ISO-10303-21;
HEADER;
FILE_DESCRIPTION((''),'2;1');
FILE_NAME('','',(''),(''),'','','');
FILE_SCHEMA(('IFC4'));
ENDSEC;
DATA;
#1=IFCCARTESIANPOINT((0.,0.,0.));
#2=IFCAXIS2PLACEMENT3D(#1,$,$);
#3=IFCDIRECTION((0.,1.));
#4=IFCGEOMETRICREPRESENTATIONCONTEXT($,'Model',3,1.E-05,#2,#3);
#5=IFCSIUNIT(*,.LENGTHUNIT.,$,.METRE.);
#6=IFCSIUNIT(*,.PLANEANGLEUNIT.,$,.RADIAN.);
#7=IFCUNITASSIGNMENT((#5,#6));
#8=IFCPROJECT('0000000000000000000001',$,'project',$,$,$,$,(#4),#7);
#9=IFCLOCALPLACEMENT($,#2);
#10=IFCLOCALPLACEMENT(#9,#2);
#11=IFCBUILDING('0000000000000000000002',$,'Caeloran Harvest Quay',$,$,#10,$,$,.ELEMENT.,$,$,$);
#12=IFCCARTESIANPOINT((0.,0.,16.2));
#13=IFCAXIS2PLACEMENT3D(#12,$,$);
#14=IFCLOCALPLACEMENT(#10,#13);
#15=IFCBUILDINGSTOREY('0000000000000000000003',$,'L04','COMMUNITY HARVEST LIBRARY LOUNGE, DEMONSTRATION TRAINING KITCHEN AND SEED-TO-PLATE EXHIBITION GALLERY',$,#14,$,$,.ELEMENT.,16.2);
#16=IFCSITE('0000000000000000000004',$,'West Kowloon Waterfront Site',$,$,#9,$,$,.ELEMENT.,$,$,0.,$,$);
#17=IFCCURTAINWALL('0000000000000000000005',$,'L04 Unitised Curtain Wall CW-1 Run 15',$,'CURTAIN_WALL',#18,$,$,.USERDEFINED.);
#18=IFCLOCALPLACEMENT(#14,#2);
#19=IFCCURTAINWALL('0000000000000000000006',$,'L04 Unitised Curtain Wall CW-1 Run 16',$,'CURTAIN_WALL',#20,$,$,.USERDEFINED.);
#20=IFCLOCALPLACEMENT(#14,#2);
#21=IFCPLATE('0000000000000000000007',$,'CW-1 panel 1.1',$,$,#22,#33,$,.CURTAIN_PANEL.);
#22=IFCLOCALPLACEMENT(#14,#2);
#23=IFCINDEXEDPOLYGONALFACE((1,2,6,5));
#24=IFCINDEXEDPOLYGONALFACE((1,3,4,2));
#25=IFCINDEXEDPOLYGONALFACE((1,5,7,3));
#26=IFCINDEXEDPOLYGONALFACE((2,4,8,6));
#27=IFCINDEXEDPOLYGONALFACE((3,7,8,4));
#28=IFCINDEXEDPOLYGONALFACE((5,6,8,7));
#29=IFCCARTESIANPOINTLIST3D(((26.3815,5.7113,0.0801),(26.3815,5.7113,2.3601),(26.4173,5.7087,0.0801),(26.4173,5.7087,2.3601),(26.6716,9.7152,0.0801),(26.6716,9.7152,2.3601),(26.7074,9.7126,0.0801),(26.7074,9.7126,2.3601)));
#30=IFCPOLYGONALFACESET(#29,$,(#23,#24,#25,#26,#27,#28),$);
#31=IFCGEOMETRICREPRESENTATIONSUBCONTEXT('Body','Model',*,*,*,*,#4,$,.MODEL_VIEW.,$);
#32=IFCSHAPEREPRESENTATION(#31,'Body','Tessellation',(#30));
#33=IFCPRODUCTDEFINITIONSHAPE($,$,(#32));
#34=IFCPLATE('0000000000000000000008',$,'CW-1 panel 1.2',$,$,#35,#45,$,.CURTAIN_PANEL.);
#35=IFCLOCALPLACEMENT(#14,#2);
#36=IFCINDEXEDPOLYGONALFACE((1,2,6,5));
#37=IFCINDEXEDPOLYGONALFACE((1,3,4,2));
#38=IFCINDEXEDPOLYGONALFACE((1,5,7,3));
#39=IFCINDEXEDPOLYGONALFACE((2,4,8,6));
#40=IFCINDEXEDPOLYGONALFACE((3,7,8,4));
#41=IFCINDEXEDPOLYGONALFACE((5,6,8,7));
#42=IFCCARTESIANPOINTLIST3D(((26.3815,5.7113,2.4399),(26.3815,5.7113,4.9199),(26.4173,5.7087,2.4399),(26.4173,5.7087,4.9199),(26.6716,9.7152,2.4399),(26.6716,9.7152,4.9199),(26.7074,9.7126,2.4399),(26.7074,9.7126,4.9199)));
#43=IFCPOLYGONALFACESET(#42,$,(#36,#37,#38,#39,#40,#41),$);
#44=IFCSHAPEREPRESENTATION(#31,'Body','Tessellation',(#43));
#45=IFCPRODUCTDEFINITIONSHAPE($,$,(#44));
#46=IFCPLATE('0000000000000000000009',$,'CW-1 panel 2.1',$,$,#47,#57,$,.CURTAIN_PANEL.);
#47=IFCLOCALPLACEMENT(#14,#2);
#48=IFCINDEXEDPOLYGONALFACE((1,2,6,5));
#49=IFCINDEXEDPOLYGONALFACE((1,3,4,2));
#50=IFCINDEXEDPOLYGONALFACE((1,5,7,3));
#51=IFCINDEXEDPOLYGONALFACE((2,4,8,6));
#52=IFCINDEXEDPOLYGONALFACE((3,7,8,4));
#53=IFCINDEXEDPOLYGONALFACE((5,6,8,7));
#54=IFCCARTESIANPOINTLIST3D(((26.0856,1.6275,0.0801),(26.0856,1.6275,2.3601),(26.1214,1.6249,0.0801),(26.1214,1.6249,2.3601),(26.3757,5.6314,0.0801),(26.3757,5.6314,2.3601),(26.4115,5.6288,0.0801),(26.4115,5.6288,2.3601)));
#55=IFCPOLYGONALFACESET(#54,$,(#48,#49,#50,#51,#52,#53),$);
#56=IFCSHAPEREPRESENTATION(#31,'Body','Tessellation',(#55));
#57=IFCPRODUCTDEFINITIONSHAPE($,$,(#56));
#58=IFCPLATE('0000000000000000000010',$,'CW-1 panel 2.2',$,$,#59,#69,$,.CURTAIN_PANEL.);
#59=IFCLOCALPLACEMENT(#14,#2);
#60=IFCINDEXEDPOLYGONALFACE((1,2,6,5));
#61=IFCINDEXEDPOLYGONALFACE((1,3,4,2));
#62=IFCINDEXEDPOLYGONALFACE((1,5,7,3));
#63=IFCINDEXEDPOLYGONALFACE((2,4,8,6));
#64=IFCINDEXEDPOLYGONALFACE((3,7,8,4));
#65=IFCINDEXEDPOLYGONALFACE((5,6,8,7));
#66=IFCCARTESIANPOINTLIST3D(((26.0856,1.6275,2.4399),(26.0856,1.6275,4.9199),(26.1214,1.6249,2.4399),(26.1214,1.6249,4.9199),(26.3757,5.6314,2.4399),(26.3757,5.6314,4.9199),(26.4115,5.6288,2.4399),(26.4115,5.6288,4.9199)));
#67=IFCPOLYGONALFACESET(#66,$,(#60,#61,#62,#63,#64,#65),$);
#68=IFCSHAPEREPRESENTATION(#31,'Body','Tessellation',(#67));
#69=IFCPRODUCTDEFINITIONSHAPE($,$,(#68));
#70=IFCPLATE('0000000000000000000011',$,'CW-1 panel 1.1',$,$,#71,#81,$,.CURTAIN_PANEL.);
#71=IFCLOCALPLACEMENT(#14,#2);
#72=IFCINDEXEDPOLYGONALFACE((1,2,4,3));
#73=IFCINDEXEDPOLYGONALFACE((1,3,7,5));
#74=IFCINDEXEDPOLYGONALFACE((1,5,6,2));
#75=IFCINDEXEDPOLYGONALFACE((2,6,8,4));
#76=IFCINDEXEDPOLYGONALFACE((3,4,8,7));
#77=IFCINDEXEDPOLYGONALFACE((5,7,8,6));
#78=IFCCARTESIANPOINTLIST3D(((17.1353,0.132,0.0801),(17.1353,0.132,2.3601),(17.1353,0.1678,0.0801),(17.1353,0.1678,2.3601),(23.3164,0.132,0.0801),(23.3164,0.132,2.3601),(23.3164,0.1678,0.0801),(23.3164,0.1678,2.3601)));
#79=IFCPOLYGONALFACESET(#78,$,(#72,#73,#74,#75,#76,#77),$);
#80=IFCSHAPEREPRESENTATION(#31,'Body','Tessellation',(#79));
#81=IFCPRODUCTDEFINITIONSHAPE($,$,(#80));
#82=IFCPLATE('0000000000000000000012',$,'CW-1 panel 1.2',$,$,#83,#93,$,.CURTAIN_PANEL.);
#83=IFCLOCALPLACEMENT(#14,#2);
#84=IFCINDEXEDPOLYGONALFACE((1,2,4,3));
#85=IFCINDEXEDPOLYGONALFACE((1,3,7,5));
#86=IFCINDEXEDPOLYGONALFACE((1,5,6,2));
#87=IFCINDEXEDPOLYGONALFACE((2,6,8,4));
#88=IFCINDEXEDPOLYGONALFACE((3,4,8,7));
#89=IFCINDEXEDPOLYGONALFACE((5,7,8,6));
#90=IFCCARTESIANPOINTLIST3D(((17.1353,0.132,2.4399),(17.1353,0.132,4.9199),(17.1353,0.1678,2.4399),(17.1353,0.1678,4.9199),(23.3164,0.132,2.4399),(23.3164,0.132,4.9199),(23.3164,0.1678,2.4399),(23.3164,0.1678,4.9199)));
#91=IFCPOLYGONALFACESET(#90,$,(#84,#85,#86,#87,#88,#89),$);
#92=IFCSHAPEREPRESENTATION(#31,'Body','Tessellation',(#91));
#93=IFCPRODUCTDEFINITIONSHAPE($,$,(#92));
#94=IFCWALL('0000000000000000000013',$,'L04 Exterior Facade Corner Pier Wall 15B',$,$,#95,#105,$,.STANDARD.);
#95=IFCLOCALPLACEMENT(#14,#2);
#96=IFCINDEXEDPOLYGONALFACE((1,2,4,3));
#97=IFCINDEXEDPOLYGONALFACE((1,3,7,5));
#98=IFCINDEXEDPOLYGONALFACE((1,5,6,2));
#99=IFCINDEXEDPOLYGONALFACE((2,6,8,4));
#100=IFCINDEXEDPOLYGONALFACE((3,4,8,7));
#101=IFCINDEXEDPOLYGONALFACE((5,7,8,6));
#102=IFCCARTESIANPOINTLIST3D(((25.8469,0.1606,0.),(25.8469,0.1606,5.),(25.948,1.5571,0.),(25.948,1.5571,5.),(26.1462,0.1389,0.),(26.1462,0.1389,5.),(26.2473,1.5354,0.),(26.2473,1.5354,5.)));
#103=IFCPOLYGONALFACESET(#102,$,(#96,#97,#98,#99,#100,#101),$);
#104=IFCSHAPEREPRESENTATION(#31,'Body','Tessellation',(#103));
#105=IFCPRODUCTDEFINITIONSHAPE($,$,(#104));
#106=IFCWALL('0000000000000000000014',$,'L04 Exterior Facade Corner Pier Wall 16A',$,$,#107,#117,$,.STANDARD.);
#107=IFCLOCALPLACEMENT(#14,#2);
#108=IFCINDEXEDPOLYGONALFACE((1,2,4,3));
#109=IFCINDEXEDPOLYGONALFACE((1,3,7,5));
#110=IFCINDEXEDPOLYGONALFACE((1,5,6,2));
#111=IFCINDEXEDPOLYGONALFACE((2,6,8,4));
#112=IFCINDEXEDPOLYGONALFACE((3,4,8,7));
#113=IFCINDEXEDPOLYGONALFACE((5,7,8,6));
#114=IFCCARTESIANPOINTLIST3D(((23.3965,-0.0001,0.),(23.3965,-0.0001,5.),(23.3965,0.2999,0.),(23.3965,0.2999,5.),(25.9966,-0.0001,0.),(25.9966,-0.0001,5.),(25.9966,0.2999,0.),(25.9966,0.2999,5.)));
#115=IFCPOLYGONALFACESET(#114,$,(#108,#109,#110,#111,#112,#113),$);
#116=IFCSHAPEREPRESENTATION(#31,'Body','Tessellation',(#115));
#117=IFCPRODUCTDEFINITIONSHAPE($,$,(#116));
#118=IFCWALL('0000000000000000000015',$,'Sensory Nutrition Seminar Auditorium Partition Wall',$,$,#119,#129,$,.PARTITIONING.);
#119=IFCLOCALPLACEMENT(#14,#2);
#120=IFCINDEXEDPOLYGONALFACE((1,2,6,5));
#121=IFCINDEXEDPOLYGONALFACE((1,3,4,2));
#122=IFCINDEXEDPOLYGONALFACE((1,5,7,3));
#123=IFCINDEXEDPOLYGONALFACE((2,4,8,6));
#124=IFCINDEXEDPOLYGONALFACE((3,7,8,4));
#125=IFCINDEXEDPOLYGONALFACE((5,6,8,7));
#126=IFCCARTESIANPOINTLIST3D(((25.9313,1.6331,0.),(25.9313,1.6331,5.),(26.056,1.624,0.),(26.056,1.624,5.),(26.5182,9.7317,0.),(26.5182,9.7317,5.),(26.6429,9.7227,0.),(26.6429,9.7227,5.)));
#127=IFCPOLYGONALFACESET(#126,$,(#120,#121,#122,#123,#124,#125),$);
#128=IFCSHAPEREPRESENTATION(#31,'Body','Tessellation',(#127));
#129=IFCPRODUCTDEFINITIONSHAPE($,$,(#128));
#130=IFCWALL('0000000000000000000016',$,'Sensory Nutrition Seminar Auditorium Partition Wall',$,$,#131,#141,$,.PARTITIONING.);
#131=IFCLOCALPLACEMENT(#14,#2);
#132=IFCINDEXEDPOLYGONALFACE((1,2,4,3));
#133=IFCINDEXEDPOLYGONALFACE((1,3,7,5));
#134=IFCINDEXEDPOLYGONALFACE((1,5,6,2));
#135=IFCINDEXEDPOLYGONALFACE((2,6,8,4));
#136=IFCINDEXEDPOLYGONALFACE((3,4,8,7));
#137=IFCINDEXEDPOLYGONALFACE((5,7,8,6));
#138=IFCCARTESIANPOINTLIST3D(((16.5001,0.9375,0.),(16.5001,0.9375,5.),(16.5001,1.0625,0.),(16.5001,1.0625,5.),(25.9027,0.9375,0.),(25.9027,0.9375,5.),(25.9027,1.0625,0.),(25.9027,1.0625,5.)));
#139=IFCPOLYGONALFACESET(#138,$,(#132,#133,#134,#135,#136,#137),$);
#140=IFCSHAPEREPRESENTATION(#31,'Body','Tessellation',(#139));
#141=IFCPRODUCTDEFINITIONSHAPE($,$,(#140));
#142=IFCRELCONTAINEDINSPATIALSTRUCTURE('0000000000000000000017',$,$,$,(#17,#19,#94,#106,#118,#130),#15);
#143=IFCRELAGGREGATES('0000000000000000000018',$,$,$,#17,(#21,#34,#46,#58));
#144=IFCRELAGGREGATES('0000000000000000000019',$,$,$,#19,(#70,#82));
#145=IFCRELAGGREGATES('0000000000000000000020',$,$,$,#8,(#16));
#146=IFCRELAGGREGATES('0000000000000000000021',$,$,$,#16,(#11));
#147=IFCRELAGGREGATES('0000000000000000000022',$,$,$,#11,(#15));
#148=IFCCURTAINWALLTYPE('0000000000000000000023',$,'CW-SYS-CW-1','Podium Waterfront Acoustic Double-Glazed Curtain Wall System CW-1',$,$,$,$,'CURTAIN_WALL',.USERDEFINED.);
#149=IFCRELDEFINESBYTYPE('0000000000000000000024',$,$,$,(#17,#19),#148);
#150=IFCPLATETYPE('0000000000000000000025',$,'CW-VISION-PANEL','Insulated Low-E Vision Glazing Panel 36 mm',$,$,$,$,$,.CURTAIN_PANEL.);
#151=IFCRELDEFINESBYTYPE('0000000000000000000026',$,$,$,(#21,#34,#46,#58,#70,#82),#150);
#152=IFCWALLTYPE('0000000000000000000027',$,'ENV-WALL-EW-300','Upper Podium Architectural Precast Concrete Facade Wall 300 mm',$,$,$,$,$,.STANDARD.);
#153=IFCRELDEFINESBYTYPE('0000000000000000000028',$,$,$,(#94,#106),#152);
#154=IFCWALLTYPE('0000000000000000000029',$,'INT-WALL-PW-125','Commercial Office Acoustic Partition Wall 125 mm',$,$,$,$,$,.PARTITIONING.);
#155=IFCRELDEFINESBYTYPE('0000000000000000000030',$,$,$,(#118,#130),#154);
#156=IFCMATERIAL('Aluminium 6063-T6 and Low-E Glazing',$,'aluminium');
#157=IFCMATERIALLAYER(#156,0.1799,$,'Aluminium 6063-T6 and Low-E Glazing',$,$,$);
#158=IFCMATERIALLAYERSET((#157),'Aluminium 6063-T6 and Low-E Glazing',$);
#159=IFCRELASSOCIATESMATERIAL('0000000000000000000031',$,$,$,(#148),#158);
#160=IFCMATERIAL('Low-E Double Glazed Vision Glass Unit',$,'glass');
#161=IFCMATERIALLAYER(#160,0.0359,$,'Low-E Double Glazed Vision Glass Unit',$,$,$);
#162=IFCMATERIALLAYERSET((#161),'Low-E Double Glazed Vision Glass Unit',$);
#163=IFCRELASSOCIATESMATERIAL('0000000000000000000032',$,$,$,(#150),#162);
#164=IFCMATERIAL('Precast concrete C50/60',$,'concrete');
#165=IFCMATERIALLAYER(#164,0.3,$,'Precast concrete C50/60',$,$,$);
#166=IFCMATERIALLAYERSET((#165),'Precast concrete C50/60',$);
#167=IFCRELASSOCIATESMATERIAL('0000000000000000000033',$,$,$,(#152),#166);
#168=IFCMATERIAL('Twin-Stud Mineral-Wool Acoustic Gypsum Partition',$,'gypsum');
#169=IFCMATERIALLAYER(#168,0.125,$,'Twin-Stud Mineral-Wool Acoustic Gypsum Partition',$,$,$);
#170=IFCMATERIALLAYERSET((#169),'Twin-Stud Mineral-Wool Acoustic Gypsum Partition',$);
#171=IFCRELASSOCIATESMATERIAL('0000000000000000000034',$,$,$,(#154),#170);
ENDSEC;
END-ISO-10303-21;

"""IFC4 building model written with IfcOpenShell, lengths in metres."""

from ifc_helpers import new_model, si_unit, direction, frame, frame_2d, origin, origin_2d, place, context, subcontext, project, spatial, rectangle, extrude, material, layer, layer_set, type_object, element, aggregate, save


model = new_model("IFC4")

# Units and contexts
model_context = context("Model", 3, precision=1e-05, world=origin(), true_north=direction((0.0, 1.0)))
body_context = subcontext(model_context, "Body", "Model", "MODEL_VIEW")
ifc_project = project(units=[si_unit("LENGTHUNIT", "METRE"), si_unit("PLANEANGLEUNIT", "RADIAN")], contexts=[model_context])

# Site, building, storey
site_placement = place(None, origin())
site = spatial("IfcSite", under=ifc_project, at=site_placement, Name="West Kowloon Waterfront Site", CompositionType="ELEMENT", RefElevation=0.0)
building_placement = place(site_placement, origin())
building = spatial("IfcBuilding", under=site, at=building_placement, Name="Caeloran Harvest Quay", CompositionType="ELEMENT")
storey_placement = place(building_placement, frame((0.0, 0.0, 16.2)))
storey = spatial("IfcBuildingStorey", under=building, at=storey_placement, Name="L04", Description="COMMUNITY HARVEST LIBRARY LOUNGE, DEMONSTRATION TRAINING KITCHEN AND SEED-TO-PLATE EXHIBITION GALLERY", CompositionType="ELEMENT", Elevation=16.2)

# Curtain wall
ifc_material_1 = material(Name="Aluminium 6063-T6 and Low-E Glazing", Category="aluminium")
ifc_layer_1 = layer(ifc_material_1, 0.1799, Name="Aluminium 6063-T6 and Low-E Glazing")
ifc_layer_set_1 = layer_set([ifc_layer_1], Name="Aluminium 6063-T6 and Low-E Glazing")
curtain_wall_type = type_object("IfcCurtainWallType", Name="CW-SYS-CW-1", Description="Podium Waterfront Acoustic Double-Glazed Curtain Wall System CW-1", ElementType="CURTAIN_WALL", PredefinedType="USERDEFINED", material=ifc_layer_set_1)
curtain_wall_1_placement = place(storey_placement, origin())
curtain_wall_1 = element("IfcCurtainWall", 1, at=curtain_wall_1_placement, inside=storey, type_object=curtain_wall_type, Name="L04 Unitised Curtain Wall CW-1 Run 15", ObjectType="CURTAIN_WALL", PredefinedType="USERDEFINED")

# Curtain wall
curtain_wall_2_placement = place(storey_placement, origin())
curtain_wall_2 = element("IfcCurtainWall", 2, at=curtain_wall_2_placement, inside=storey, type_object=curtain_wall_type, Name="L04 Unitised Curtain Wall CW-1 Run 16", ObjectType="CURTAIN_WALL", PredefinedType="USERDEFINED")

# Plates
ifc_material_2 = material(Name="Low-E Double Glazed Vision Glass Unit", Category="glass")
ifc_layer_2 = layer(ifc_material_2, 0.0359, Name="Low-E Double Glazed Vision Glass Unit")
ifc_layer_set_2 = layer_set([ifc_layer_2], Name="Low-E Double Glazed Vision Glass Unit")
plate_type = type_object("IfcPlateType", Name="CW-VISION-PANEL", Description="Insulated Low-E Vision Glazing Panel 36 mm", PredefinedType="CURTAIN_PANEL", material=ifc_layer_set_2)
plate_1_placement = place(storey_placement, frame((26.5444, 7.7119, 0.0801), z_axis=(0.0, 0.0, 1.0), x_axis=(-0.072271, -0.997385, 0.0)))
plate_1 = element("IfcPlate", 3, at=plate_1_placement, type_object=plate_type, Name="CW-1 panel 1.1", PredefinedType="CURTAIN_PANEL", context=body_context, shape_type="SweptSolid", body=[
    extrude(rectangle(XDim=4.0144, YDim=0.0359, at=origin_2d()), origin(), (0.0, 0.0, 1.0), 2.28),
])
plate_2_placement = place(storey_placement, frame((26.5444, 7.7119, 2.4399), z_axis=(0.0, 0.0, 1.0), x_axis=(-0.072271, -0.997385, 0.0)))
plate_2 = element("IfcPlate", 4, at=plate_2_placement, type_object=plate_type, Name="CW-1 panel 1.2", PredefinedType="CURTAIN_PANEL", context=body_context, shape_type="SweptSolid", body=[
    extrude(rectangle(XDim=4.0144, YDim=0.0359, at=origin_2d()), origin(), (0.0, 0.0, 1.0), 2.48),
])
plate_3_placement = place(storey_placement, frame((26.2485, 3.6282, 0.0801), z_axis=(0.0, 0.0, 1.0), x_axis=(-0.072271, -0.997385, 0.0)))
plate_3 = element("IfcPlate", 5, at=plate_3_placement, type_object=plate_type, Name="CW-1 panel 2.1", PredefinedType="CURTAIN_PANEL", context=body_context, shape_type="SweptSolid", body=[
    extrude(rectangle(XDim=4.0144, YDim=0.0359, at=origin_2d()), origin(), (0.0, 0.0, 1.0), 2.28),
])
plate_4_placement = place(storey_placement, frame((26.2485, 3.6282, 2.4399), z_axis=(0.0, 0.0, 1.0), x_axis=(-0.072271, -0.997385, 0.0)))
plate_4 = element("IfcPlate", 6, at=plate_4_placement, type_object=plate_type, Name="CW-1 panel 2.2", PredefinedType="CURTAIN_PANEL", context=body_context, shape_type="SweptSolid", body=[
    extrude(rectangle(XDim=4.0144, YDim=0.0359, at=origin_2d()), origin(), (0.0, 0.0, 1.0), 2.48),
])
aggregate(curtain_wall_1, [plate_1, plate_2, plate_3, plate_4])
plate_5_placement = place(storey_placement, frame((20.2258, 0.1499, 0.0801), z_axis=(0.0, 0.0, 1.0), x_axis=(-1.0, 0.0, 0.0)))
plate_5 = element("IfcPlate", 7, at=plate_5_placement, type_object=plate_type, Name="CW-1 panel 1.1", PredefinedType="CURTAIN_PANEL", context=body_context, shape_type="SweptSolid", body=[
    extrude(rectangle(XDim=6.1812, YDim=0.0359, at=origin_2d()), origin(), (0.0, 0.0, 1.0), 2.28),
])
plate_6_placement = place(storey_placement, frame((20.2258, 0.1499, 2.4399), z_axis=(0.0, 0.0, 1.0), x_axis=(-1.0, 0.0, 0.0)))
plate_6 = element("IfcPlate", 8, at=plate_6_placement, type_object=plate_type, Name="CW-1 panel 1.2", PredefinedType="CURTAIN_PANEL", context=body_context, shape_type="SweptSolid", body=[
    extrude(rectangle(XDim=6.1812, YDim=0.0359, at=origin_2d()), origin(), (0.0, 0.0, 1.0), 2.48),
])
aggregate(curtain_wall_2, [plate_5, plate_6])

# Walls
ifc_material_3 = material(Name="Precast concrete C50/60", Category="concrete")
ifc_layer_3 = layer(ifc_material_3, 0.3, Name="Precast concrete C50/60")
ifc_layer_set_3 = layer_set([ifc_layer_3], Name="Precast concrete C50/60")
wall_type_1 = type_object("IfcWallType", Name="ENV-WALL-EW-300", Description="Upper Podium Architectural Precast Concrete Facade Wall 300 mm", PredefinedType="STANDARD", material=ifc_layer_set_3)
wall_1_placement = place(storey_placement, frame((26.0977, 1.5464, 0.0), z_axis=(0.0, 0.0, 1.0), x_axis=(-0.072189, -0.997391, 0.0)))
element("IfcWall", 9, at=wall_1_placement, inside=storey, type_object=wall_type_1, Name="L04 Exterior Facade Corner Pier Wall 15B", PredefinedType="STANDARD", context=body_context, shape_type="SweptSolid", body=[
    extrude(rectangle(XDim=1.4001, YDim=0.3, at=frame_2d((0.7002, 0.0))), origin(), (0.0, 0.0, 1.0), 5.0),
])
wall_2_placement = place(storey_placement, frame((25.9966, 0.1499, 0.0), z_axis=(0.0, 0.0, 1.0), x_axis=(-1.0, 0.0, 0.0)))
element("IfcWall", 10, at=wall_2_placement, inside=storey, type_object=wall_type_1, Name="L04 Exterior Facade Corner Pier Wall 16A", PredefinedType="STANDARD", context=body_context, shape_type="SweptSolid", body=[
    extrude(rectangle(XDim=2.6001, YDim=0.3, at=frame_2d((1.3, 0.0))), origin(), (0.0, 0.0, 1.0), 5.0),
])
ifc_material_4 = material(Name="Twin-Stud Mineral-Wool Acoustic Gypsum Partition", Category="gypsum")
ifc_layer_4 = layer(ifc_material_4, 0.125, Name="Twin-Stud Mineral-Wool Acoustic Gypsum Partition")
ifc_layer_set_4 = layer_set([ifc_layer_4], Name="Twin-Stud Mineral-Wool Acoustic Gypsum Partition")
wall_type_2 = type_object("IfcWallType", Name="INT-WALL-PW-125", Description="Commercial Office Acoustic Partition Wall 125 mm", PredefinedType="PARTITIONING", material=ifc_layer_set_4)
wall_3_placement = place(storey_placement, frame((26.5806, 9.7273, 0.0), z_axis=(0.0, 0.0, 1.0), x_axis=(-0.072281, -0.997384, 0.0)))
element("IfcWall", 11, at=wall_3_placement, inside=storey, type_object=wall_type_2, Name="Sensory Nutrition Seminar Auditorium Partition Wall", PredefinedType="PARTITIONING", context=body_context, shape_type="SweptSolid", body=[
    extrude(rectangle(XDim=8.1199, YDim=0.125, at=frame_2d((4.0601, 0.0))), origin(), (0.0, 0.0, 1.0), 5.0),
])
wall_4_placement = place(storey_placement, frame((25.9026, 1.0, 0.0), z_axis=(0.0, 0.0, 1.0), x_axis=(-1.0, 0.0, 0.0)))
element("IfcWall", 12, at=wall_4_placement, inside=storey, type_object=wall_type_2, Name="Sensory Nutrition Seminar Auditorium Partition Wall", PredefinedType="PARTITIONING", context=body_context, shape_type="SweptSolid", body=[
    extrude(rectangle(XDim=9.4026, YDim=0.125, at=frame_2d((4.7012, 0.0))), origin(), (0.0, 0.0, 1.0), 5.0),
])

save(model, "model.ifc")
